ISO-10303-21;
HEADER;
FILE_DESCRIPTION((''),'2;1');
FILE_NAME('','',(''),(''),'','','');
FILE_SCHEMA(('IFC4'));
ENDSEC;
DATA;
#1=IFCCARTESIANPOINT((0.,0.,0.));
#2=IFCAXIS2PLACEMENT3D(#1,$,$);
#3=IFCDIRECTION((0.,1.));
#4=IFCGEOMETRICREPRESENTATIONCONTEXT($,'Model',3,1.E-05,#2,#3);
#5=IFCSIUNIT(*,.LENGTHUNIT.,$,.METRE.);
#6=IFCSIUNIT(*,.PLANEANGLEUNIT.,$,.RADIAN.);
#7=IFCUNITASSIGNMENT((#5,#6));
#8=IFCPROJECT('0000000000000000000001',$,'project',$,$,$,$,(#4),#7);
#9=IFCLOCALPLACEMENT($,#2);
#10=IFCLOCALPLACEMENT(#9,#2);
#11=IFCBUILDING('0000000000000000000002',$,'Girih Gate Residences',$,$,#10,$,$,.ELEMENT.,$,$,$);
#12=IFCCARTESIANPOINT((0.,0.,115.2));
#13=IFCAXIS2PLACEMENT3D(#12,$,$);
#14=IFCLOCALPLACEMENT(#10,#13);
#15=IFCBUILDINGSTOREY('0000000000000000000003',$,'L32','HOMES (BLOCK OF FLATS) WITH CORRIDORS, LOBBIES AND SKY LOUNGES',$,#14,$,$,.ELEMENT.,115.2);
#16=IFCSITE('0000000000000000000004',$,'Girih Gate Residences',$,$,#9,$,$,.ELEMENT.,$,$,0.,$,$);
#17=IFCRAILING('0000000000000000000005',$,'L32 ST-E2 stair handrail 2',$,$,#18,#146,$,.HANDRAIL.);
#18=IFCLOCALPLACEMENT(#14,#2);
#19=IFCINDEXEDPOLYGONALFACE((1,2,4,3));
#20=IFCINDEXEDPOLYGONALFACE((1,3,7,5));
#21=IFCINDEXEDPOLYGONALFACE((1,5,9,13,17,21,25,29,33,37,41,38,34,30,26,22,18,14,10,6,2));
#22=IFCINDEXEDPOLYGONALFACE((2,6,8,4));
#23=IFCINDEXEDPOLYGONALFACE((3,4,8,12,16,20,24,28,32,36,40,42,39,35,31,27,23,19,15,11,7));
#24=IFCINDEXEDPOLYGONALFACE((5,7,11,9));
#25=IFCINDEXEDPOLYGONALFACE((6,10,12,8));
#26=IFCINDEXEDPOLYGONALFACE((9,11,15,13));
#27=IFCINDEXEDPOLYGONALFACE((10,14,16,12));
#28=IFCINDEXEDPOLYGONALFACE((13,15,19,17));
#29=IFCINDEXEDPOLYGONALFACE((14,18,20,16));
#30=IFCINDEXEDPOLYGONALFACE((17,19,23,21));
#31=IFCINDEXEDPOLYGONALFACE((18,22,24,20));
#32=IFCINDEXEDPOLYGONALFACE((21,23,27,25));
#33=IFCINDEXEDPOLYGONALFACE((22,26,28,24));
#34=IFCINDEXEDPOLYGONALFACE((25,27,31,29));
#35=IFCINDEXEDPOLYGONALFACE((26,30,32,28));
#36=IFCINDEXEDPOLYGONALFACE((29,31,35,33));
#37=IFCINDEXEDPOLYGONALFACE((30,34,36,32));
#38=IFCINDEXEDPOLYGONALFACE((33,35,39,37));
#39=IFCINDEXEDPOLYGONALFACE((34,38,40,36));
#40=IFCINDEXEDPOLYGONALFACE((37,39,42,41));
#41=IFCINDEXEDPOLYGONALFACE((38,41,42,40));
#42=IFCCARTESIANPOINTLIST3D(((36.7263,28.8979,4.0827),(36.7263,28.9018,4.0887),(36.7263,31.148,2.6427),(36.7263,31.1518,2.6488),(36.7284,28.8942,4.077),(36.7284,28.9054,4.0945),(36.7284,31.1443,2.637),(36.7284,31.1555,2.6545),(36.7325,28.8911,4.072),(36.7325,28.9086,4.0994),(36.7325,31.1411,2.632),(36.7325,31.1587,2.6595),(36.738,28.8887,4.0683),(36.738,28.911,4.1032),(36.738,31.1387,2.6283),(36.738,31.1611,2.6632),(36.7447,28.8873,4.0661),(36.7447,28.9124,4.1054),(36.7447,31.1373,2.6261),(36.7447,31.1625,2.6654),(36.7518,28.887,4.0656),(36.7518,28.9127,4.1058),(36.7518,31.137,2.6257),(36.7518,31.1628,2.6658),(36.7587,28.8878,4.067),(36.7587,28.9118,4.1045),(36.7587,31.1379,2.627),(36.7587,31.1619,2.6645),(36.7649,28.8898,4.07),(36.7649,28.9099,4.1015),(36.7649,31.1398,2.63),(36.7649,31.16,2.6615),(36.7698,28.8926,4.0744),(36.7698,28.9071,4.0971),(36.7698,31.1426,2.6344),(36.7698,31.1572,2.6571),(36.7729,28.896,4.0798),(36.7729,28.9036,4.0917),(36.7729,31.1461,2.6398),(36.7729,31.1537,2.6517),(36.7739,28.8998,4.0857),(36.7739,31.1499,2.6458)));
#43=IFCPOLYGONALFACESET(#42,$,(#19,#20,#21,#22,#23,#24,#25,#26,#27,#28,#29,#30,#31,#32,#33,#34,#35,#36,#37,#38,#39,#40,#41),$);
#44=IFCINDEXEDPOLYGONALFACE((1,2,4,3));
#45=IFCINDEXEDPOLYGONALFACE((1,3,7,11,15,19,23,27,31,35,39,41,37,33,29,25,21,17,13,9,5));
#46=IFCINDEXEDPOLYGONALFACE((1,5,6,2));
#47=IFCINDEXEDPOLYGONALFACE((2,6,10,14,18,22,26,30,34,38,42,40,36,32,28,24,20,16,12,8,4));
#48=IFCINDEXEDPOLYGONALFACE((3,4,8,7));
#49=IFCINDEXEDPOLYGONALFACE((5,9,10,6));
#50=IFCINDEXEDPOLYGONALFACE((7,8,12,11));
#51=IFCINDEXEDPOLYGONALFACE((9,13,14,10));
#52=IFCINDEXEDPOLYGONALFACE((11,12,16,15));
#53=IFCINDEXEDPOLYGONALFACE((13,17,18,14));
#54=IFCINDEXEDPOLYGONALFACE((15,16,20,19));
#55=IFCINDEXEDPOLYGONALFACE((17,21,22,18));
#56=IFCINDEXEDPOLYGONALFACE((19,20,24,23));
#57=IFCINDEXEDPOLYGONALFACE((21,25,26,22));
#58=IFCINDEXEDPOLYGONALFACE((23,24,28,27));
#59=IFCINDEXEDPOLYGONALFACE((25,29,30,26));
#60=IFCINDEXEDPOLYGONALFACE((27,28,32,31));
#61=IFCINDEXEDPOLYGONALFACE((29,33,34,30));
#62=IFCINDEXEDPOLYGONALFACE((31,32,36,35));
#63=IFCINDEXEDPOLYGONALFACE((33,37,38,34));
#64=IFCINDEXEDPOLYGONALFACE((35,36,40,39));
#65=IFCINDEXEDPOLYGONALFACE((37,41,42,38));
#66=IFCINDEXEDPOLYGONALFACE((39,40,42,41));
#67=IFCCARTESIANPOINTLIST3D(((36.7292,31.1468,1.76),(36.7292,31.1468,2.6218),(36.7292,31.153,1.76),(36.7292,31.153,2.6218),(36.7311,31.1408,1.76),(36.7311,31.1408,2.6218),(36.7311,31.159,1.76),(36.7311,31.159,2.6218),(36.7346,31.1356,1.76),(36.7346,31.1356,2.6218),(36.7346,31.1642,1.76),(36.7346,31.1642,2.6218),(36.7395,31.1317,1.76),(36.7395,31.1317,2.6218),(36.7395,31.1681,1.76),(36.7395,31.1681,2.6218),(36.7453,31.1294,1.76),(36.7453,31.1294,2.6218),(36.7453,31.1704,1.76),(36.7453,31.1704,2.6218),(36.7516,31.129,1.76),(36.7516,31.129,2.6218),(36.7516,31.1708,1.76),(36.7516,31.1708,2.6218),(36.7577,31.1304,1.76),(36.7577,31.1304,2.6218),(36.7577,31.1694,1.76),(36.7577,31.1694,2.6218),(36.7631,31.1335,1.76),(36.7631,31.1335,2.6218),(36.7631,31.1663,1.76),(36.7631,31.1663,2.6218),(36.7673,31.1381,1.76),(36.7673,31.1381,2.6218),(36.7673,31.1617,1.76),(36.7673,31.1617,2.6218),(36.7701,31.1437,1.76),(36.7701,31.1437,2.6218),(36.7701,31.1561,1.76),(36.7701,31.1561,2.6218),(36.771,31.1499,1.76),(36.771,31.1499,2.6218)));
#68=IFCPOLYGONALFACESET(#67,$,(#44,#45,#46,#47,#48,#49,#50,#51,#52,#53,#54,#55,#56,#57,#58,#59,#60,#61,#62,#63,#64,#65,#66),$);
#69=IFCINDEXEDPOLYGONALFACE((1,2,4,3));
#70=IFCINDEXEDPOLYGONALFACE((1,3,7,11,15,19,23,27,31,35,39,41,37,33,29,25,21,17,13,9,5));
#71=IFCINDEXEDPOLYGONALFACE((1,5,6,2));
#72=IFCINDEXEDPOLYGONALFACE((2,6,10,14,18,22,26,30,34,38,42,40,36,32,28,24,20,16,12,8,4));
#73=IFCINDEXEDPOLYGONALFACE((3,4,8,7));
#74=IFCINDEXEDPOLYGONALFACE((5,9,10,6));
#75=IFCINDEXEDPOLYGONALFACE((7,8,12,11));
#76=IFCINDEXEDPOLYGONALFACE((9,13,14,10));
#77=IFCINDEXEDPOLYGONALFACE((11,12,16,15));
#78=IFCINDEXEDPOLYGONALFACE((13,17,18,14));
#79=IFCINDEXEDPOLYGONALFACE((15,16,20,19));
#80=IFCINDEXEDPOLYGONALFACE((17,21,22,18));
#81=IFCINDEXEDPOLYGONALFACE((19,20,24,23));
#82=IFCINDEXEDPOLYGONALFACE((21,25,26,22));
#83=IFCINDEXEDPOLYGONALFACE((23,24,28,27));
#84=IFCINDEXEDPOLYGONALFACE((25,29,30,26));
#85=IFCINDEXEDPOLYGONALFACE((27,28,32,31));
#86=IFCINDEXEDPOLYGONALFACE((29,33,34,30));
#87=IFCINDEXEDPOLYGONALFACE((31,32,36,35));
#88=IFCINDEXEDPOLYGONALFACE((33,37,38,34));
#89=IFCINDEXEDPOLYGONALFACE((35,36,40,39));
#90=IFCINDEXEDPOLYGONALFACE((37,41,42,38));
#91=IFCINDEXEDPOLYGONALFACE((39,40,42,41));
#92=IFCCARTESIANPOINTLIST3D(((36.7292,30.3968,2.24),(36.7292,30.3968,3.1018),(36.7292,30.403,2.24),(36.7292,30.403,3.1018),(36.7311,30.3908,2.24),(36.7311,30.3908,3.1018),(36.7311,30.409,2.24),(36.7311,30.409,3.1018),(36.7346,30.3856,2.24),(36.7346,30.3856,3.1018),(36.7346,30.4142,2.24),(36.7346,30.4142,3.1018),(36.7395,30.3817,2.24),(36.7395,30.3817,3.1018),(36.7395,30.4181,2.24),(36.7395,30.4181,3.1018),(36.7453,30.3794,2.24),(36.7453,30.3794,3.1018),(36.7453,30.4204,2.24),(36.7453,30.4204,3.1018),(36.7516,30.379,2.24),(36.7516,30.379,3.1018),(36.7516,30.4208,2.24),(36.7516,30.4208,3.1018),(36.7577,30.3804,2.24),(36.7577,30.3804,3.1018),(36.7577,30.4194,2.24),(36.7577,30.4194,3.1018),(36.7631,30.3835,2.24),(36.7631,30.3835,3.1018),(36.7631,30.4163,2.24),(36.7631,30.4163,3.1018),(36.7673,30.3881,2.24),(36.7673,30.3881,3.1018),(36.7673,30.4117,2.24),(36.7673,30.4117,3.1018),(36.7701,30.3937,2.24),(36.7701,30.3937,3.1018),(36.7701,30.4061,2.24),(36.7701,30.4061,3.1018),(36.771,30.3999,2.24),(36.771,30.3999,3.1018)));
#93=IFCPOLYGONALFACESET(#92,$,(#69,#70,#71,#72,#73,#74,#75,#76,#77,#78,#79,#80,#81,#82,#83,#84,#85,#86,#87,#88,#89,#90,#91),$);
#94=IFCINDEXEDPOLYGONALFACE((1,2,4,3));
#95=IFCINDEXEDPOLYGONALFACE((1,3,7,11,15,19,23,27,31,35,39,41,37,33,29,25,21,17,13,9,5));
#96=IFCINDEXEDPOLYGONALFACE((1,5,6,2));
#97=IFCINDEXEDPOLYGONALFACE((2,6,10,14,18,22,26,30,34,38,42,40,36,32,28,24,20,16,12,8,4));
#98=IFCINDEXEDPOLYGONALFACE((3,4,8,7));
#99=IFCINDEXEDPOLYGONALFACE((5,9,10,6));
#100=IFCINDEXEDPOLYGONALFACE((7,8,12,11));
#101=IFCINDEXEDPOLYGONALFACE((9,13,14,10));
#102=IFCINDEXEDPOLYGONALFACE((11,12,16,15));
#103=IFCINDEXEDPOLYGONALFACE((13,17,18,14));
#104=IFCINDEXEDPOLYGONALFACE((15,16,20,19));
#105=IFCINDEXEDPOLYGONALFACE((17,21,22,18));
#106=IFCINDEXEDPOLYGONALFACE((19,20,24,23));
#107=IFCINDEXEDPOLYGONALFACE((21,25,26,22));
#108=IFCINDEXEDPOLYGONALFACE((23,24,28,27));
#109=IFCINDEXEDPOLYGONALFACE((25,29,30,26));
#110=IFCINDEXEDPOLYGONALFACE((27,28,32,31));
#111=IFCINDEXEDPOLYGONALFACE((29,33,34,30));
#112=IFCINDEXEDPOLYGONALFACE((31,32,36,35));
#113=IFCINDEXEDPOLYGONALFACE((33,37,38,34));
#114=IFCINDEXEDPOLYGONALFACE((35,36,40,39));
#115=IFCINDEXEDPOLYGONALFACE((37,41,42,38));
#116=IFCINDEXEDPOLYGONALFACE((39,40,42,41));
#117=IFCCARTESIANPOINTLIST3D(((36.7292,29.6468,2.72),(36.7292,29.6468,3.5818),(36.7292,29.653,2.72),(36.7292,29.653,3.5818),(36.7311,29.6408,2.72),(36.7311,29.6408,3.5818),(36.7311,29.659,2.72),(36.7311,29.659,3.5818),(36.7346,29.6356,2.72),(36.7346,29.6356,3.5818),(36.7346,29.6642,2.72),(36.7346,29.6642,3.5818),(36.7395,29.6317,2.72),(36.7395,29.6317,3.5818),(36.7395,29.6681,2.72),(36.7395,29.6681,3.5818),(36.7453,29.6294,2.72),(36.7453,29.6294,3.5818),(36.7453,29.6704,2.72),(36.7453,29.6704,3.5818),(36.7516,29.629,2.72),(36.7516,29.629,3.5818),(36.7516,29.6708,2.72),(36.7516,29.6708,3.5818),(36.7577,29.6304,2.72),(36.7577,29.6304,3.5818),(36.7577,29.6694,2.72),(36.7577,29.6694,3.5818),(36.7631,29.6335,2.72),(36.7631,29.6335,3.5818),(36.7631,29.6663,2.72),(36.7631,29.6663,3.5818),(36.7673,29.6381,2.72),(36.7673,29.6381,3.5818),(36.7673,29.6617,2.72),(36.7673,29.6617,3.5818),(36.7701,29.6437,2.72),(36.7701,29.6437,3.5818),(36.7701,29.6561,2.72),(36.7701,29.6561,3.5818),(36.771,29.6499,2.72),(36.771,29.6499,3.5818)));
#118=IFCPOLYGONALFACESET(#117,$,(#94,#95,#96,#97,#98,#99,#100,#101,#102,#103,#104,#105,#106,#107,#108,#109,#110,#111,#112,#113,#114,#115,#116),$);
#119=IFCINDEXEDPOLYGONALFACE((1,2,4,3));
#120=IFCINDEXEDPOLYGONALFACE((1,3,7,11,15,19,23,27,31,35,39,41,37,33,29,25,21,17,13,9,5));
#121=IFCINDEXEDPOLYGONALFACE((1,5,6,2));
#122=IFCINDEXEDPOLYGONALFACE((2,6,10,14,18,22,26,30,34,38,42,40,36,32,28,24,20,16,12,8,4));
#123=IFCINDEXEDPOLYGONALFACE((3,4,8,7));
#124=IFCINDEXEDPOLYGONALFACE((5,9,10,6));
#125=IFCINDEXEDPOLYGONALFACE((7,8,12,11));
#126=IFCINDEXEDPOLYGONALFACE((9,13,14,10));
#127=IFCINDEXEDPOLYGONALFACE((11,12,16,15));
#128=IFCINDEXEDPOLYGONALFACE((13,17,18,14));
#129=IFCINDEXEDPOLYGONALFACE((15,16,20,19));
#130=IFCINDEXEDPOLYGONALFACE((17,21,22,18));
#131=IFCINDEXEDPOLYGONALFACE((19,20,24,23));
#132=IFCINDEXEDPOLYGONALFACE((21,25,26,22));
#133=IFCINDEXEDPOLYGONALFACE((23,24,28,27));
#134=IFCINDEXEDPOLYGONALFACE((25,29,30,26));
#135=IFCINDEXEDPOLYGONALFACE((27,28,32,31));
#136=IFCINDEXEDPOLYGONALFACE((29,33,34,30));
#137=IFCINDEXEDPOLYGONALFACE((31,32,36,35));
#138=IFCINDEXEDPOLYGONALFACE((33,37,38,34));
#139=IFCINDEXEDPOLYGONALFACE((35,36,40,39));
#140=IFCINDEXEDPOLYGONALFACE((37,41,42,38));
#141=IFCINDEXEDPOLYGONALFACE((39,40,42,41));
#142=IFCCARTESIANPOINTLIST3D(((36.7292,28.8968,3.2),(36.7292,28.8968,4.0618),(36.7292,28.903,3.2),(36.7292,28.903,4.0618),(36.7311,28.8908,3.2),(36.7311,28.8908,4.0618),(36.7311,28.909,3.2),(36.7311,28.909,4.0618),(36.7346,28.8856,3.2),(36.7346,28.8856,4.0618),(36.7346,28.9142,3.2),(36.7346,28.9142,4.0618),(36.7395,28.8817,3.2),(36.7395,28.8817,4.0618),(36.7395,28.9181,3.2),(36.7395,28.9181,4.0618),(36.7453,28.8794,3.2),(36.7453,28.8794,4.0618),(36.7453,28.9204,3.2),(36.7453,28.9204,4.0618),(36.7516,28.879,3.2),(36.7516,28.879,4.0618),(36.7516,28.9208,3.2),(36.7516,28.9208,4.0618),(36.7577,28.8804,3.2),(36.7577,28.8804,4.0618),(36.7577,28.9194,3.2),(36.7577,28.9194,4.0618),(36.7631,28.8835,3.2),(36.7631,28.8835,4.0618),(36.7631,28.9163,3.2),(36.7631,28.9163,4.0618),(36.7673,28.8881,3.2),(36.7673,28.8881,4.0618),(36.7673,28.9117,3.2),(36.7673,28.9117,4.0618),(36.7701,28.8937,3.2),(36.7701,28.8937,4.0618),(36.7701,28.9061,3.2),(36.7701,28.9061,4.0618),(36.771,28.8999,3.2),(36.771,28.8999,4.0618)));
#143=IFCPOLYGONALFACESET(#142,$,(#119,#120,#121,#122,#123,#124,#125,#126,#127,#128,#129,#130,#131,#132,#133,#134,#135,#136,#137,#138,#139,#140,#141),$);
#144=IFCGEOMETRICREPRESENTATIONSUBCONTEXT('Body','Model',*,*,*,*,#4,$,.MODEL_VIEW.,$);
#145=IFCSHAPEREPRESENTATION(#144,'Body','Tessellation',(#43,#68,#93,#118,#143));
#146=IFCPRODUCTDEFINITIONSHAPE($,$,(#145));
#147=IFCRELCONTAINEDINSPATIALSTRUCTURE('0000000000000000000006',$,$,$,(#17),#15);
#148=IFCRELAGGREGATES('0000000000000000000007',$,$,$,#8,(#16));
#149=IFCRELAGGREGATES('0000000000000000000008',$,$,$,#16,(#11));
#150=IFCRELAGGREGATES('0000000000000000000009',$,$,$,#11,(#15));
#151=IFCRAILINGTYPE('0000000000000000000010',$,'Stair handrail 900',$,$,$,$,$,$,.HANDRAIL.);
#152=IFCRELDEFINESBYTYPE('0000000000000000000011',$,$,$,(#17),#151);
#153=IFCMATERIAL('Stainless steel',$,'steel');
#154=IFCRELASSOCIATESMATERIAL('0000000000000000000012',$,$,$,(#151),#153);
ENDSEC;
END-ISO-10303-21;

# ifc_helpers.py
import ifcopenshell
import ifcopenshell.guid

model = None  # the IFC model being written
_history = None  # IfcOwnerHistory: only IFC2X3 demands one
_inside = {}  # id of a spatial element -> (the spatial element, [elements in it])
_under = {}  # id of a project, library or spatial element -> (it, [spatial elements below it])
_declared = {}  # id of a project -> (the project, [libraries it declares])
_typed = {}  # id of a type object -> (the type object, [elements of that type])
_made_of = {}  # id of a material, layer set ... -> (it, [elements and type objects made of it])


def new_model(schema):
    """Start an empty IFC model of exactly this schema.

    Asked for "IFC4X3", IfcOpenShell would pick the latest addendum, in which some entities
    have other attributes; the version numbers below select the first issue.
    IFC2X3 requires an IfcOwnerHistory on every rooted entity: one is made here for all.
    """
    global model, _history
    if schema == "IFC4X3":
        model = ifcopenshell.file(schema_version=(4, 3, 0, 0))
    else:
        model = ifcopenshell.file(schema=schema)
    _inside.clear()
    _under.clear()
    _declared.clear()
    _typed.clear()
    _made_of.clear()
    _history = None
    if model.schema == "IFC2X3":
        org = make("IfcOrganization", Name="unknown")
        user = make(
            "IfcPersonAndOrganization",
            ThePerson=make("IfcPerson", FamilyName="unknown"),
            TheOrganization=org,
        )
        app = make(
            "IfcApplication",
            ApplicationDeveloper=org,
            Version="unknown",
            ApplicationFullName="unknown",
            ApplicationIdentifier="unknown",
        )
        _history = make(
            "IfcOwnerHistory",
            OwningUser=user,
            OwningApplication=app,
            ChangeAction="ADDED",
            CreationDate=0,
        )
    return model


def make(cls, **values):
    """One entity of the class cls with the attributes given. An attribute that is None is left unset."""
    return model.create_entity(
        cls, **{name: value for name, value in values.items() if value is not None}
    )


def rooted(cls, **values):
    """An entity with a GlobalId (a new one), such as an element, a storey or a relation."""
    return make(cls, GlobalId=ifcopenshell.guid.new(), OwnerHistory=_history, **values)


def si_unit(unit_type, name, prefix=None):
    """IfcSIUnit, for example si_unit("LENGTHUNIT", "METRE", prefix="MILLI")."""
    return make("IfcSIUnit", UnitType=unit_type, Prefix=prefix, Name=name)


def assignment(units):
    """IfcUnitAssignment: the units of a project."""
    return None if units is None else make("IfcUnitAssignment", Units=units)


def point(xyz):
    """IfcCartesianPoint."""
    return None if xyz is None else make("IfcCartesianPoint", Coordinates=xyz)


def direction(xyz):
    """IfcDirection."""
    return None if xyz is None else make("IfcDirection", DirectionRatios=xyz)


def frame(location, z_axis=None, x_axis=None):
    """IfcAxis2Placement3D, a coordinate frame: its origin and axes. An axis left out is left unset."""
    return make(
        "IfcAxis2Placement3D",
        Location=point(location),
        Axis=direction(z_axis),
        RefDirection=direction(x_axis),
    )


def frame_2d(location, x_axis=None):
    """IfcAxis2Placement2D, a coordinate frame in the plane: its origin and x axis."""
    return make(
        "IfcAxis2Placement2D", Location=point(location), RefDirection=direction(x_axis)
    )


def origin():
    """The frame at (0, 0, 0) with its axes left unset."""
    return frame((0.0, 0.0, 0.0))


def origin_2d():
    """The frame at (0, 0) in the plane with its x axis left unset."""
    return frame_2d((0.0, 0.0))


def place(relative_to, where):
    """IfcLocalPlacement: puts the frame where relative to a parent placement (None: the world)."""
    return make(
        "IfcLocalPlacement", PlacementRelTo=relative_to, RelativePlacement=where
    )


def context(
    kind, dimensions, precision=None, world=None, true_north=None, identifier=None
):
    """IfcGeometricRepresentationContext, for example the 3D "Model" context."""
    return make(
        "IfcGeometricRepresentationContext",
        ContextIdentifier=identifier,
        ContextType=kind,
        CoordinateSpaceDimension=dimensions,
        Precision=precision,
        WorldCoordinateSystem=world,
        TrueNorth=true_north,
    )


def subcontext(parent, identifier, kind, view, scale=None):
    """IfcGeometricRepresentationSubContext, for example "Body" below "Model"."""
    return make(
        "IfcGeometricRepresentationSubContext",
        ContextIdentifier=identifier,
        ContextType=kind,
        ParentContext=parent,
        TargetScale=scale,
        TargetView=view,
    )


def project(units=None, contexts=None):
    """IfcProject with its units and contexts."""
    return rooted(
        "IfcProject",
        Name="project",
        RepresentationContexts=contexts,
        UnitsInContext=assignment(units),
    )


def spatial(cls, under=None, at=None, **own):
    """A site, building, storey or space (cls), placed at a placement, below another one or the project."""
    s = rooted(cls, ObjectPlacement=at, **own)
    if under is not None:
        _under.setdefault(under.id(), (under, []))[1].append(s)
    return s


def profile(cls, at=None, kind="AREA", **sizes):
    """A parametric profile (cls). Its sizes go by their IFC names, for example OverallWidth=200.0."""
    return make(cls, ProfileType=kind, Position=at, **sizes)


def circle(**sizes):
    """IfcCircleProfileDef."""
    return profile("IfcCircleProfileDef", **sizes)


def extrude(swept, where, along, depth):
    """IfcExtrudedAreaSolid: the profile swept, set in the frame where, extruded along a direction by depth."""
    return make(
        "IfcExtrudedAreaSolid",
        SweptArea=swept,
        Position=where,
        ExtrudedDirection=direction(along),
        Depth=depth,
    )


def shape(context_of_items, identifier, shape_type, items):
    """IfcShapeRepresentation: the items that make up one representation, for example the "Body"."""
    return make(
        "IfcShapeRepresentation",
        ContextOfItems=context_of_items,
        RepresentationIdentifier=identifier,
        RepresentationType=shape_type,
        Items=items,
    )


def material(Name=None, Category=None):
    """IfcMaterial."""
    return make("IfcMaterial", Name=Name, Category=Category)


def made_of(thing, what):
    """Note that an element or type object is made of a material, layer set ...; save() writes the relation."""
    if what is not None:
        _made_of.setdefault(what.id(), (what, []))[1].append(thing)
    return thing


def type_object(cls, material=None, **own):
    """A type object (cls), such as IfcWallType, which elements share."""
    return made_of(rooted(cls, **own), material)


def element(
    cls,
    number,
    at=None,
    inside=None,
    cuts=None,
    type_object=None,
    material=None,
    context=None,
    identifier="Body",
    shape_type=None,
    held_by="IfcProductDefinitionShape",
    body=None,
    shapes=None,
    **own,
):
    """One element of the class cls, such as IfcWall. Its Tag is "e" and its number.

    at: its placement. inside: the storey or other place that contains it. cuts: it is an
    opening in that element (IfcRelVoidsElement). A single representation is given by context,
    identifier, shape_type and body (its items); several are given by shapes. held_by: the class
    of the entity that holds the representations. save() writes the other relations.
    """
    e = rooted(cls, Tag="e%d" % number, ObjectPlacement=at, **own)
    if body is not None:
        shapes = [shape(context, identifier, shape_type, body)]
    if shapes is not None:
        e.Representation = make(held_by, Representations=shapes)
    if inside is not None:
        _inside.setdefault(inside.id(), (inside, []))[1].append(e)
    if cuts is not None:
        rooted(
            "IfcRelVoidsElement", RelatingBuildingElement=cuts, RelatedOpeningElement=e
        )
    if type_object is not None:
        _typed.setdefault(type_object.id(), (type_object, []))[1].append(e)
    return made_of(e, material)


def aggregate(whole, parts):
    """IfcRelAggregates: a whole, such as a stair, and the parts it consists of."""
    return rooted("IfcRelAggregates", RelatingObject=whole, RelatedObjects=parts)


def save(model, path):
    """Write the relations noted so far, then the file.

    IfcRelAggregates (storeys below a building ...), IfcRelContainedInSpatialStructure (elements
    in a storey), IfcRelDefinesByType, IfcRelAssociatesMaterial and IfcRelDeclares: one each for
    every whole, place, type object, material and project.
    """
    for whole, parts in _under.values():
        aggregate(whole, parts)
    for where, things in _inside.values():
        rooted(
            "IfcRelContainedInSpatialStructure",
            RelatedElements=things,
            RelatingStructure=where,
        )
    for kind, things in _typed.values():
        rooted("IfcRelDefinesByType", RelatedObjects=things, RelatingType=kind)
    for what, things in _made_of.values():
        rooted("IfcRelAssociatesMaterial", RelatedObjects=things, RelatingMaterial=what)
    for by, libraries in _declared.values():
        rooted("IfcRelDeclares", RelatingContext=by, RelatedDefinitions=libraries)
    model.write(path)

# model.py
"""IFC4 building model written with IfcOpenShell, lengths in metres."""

from ifc_helpers import new_model, si_unit, direction, frame, origin, origin_2d, place, context, subcontext, project, spatial, circle, extrude, material, type_object, element, save


model = new_model("IFC4")

# Units and contexts
model_context = context("Model", 3, precision=1e-05, world=origin(), true_north=direction((0.0, 1.0)))
body_context = subcontext(model_context, "Body", "Model", "MODEL_VIEW")
ifc_project = project(units=[si_unit("LENGTHUNIT", "METRE"), si_unit("PLANEANGLEUNIT", "RADIAN")], contexts=[model_context])

# Site, building, storey
site_placement = place(None, origin())
site = spatial("IfcSite", under=ifc_project, at=site_placement, Name="Girih Gate Residences", CompositionType="ELEMENT", RefElevation=0.0)
building_placement = place(site_placement, origin())
building = spatial("IfcBuilding", under=site, at=building_placement, Name="Girih Gate Residences", CompositionType="ELEMENT")
storey_placement = place(building_placement, frame((0.0, 0.0, 115.2)))
storey = spatial("IfcBuildingStorey", under=building, at=storey_placement, Name="L32", Description="HOMES (BLOCK OF FLATS) WITH CORRIDORS, LOBBIES AND SKY LOUNGES", CompositionType="ELEMENT", Elevation=115.2)

# Railing
ifc_material_1 = material(Name="Stainless steel", Category="steel")
railing_type_1 = type_object("IfcRailingType", Name="Stair handrail 900", PredefinedType="HANDRAIL", material=ifc_material_1)
railing_1_placement = place(storey_placement, frame((36.75, 31.1499, 1.76)))
element("IfcRailing", 1, at=railing_1_placement, inside=storey, type_object=railing_type_1, Name="L32 ST-E2 stair handrail 2", PredefinedType="HANDRAIL", context=body_context, shape_type="SweptSolid", body=[
    extrude(circle(Radius=0.0239, at=origin_2d()), frame((0.0, 0.0, 0.8857), z_axis=(0.0, -0.842281, 0.539038), x_axis=(1.0, 0.0, 0.0)), (0.0, 0.0, 1.0), 2.6714),
    extrude(circle(Radius=0.021, at=origin_2d()), origin(), (0.0, 0.0, 1.0), 0.8618),
    extrude(circle(Radius=0.021, at=origin_2d()), frame((0.0, -0.75, 0.48)), (0.0, 0.0, 1.0), 0.8618),
    extrude(circle(Radius=0.021, at=origin_2d()), frame((0.0, -1.5, 0.96)), (0.0, 0.0, 1.0), 0.8618),
    extrude(circle(Radius=0.021, at=origin_2d()), frame((0.0, -2.25, 1.4399)), (0.0, 0.0, 1.0), 0.8618),
])

save(model, "model.ifc")
